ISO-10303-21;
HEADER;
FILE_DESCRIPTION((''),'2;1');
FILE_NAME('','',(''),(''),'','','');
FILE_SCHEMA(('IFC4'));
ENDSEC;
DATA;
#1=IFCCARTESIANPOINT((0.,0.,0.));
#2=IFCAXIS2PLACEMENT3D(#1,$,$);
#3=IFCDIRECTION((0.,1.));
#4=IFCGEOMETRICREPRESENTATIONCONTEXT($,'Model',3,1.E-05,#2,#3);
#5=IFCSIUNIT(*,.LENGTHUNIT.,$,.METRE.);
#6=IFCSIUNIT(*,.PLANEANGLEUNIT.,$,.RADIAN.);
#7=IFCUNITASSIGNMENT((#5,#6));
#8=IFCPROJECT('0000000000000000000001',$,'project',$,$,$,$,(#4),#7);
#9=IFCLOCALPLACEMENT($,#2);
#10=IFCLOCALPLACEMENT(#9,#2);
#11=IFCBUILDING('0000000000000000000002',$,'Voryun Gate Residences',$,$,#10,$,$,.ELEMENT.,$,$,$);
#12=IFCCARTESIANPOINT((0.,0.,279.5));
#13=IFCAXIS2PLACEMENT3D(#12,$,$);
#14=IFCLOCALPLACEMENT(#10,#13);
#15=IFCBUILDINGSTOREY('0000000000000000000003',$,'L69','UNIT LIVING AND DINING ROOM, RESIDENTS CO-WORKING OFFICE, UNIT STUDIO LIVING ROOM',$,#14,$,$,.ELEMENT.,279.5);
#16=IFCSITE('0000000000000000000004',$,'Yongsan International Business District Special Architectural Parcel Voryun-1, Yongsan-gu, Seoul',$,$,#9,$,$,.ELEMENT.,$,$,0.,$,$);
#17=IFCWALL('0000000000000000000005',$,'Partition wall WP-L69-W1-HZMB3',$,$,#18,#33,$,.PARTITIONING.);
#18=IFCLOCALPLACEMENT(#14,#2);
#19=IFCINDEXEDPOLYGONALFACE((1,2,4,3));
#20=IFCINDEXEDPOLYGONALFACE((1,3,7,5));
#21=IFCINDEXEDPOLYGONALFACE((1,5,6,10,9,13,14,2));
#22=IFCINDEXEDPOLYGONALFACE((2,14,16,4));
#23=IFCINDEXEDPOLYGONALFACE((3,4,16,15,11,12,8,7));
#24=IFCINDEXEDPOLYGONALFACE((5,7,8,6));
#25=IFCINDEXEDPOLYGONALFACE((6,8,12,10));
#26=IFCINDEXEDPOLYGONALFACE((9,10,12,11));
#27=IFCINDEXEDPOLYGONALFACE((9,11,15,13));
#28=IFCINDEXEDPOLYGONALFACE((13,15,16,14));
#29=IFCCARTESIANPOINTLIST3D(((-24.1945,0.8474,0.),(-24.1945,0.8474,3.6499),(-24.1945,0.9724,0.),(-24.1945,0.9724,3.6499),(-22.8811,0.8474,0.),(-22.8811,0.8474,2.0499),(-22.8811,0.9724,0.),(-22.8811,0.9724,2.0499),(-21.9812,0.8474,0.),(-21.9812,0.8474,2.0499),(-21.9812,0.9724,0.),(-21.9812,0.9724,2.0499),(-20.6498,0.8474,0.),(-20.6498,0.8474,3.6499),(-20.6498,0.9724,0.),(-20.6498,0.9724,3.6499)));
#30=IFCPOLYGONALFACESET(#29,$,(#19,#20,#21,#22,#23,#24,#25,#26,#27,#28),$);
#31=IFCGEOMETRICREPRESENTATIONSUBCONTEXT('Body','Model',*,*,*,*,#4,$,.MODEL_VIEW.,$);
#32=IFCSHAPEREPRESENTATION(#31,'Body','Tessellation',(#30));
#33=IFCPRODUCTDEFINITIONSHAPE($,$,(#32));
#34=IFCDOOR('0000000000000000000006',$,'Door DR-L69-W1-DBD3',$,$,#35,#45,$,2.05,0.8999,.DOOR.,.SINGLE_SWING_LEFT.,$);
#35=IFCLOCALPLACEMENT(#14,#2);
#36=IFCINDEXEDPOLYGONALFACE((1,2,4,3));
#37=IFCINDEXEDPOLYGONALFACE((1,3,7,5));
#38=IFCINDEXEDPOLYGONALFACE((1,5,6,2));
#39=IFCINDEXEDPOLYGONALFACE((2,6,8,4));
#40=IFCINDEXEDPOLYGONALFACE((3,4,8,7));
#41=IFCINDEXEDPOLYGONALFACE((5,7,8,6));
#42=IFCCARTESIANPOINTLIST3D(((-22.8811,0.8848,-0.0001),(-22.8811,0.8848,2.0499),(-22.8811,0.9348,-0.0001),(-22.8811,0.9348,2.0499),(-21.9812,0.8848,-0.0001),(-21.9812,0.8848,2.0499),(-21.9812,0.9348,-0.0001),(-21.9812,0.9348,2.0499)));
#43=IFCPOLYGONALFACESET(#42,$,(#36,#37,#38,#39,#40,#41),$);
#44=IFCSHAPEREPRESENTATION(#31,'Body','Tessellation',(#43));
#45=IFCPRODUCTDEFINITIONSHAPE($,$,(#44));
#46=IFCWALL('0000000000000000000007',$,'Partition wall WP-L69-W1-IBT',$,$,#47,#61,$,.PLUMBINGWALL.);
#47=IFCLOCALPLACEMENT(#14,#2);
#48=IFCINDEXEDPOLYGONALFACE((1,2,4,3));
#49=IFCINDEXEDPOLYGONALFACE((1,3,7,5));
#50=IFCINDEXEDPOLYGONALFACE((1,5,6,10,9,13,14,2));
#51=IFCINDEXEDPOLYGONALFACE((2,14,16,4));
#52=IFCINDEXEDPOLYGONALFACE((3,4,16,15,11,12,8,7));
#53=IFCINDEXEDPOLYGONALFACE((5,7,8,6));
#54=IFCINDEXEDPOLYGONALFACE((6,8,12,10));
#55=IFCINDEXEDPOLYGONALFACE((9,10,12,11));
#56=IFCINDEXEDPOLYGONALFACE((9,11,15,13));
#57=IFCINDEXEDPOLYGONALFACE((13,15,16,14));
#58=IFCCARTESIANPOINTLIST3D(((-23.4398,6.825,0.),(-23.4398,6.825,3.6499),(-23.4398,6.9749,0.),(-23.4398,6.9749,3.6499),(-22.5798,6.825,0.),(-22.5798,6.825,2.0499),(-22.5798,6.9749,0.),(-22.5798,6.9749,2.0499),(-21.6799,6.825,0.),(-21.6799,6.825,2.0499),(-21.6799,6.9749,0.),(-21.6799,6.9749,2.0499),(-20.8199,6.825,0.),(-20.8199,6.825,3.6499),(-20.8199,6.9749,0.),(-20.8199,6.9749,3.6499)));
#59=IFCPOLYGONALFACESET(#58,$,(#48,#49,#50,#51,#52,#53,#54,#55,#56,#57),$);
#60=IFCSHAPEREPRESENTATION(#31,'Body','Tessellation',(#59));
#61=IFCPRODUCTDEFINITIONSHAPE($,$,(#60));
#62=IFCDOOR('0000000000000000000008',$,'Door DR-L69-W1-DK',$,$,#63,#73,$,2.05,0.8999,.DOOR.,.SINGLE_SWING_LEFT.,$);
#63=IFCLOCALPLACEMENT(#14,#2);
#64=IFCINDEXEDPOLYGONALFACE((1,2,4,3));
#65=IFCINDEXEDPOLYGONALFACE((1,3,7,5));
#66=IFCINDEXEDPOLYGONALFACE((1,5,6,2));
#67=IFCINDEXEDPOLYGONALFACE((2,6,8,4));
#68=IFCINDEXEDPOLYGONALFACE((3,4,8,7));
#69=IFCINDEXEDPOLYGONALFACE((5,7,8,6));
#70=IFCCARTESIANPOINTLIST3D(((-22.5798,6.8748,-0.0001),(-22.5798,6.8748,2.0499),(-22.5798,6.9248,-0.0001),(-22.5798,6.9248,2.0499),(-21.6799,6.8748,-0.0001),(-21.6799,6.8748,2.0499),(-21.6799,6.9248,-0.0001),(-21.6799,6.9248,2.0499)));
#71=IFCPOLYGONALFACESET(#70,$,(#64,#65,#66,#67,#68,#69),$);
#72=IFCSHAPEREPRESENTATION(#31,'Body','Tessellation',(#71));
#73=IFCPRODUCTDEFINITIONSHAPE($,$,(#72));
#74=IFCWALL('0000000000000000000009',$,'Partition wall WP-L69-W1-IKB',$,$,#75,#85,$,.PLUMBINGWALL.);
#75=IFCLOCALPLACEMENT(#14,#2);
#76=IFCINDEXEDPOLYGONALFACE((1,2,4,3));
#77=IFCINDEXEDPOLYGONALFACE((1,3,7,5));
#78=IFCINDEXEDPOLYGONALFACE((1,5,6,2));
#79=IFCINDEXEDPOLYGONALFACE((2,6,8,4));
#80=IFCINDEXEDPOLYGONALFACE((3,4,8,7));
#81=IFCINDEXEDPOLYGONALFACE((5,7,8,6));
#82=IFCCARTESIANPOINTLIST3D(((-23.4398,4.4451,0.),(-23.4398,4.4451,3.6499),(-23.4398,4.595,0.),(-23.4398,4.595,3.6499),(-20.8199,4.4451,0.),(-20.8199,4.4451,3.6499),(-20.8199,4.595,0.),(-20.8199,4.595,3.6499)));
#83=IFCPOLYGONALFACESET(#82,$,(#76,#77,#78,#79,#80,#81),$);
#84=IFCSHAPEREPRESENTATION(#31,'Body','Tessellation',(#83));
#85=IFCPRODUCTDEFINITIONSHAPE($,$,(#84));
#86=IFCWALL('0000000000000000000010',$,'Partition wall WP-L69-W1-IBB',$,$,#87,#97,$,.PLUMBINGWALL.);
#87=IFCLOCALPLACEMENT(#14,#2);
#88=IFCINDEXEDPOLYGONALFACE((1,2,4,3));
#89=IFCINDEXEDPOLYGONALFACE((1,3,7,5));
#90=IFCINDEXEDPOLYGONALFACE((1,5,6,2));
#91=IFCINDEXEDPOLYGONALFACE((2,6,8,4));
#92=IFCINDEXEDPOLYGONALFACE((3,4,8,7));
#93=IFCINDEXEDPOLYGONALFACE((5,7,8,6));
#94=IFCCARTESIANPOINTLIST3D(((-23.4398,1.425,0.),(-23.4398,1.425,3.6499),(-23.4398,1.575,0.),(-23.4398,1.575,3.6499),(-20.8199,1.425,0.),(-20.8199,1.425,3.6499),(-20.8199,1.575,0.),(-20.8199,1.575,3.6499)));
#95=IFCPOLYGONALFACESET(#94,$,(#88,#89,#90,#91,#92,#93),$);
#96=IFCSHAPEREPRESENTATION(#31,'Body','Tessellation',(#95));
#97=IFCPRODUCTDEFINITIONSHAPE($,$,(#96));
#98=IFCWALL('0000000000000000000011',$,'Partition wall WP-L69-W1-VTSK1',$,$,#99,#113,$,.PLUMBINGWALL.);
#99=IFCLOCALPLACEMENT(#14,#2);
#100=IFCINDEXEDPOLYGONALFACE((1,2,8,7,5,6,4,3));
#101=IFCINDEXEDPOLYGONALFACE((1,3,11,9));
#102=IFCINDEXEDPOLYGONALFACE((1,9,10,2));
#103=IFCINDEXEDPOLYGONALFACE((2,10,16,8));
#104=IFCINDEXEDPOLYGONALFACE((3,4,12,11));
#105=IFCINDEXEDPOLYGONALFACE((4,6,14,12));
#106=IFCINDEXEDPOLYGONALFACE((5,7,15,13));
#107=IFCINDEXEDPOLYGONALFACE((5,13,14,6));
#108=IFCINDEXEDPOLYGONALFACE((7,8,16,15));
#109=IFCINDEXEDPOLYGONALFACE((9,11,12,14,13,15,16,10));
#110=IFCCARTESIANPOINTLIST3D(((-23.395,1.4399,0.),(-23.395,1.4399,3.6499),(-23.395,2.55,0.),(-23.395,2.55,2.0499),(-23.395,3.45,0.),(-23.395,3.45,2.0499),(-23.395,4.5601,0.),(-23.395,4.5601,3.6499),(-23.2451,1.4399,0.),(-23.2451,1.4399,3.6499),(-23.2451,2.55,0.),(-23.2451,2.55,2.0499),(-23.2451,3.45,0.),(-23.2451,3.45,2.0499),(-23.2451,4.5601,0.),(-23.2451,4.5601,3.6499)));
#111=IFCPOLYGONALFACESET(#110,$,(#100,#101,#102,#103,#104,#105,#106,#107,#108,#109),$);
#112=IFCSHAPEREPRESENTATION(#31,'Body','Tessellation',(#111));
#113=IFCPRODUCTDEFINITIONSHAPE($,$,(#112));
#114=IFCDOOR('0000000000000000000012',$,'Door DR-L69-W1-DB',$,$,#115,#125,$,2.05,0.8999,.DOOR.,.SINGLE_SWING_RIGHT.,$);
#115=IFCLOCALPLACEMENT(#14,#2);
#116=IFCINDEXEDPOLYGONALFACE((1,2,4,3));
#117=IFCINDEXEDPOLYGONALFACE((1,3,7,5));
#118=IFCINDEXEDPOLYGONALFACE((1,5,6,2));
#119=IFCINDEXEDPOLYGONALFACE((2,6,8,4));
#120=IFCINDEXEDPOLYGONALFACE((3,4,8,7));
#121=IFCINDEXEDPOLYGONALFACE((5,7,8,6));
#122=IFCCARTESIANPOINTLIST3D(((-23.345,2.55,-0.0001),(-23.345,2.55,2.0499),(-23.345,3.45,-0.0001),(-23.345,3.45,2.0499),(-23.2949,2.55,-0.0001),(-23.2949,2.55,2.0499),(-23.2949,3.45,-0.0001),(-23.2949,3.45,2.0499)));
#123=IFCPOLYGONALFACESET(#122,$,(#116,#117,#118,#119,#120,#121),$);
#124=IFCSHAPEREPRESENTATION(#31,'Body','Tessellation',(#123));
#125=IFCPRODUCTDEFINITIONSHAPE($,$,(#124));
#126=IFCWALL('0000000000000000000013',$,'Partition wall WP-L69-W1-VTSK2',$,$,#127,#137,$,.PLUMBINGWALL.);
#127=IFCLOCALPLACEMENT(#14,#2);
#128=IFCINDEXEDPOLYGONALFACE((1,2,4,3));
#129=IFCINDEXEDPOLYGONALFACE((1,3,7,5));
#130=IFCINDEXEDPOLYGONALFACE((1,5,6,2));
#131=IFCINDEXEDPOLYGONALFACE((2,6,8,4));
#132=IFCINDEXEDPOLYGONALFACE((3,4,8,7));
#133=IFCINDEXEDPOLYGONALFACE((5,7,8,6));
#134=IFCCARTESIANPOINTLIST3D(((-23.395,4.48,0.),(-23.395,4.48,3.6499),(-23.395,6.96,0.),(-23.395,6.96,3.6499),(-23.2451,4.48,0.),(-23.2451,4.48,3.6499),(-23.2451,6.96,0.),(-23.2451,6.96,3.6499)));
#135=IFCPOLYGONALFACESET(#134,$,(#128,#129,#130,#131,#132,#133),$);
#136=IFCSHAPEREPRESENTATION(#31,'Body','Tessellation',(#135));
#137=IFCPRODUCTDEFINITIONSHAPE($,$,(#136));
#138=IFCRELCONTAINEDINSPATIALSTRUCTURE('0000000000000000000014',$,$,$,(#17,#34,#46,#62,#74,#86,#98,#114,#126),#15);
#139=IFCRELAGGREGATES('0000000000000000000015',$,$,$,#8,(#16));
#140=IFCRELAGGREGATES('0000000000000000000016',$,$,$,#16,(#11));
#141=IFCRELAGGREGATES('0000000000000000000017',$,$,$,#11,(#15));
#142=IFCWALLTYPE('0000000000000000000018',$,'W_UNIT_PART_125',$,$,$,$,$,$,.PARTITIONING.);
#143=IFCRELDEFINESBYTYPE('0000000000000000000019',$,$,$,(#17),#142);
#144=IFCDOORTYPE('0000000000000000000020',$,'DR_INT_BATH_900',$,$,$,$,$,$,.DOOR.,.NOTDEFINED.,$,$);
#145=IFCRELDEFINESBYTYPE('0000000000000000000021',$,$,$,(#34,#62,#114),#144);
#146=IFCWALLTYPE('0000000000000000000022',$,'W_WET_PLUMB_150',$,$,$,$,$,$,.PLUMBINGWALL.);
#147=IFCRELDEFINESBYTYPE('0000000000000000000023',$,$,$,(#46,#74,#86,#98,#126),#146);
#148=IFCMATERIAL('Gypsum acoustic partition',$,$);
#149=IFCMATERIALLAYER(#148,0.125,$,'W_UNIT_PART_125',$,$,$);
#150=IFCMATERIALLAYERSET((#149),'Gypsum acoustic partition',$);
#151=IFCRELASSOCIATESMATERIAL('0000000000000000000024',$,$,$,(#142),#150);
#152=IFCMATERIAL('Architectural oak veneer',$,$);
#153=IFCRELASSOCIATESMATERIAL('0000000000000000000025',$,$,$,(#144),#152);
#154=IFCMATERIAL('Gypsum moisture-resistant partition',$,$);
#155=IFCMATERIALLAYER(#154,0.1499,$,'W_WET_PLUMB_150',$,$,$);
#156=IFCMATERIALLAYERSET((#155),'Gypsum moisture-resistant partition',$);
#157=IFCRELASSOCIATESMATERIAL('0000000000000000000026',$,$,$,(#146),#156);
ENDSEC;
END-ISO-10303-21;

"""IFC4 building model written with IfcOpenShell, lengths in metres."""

from ifc_helpers import new_model, si_unit, direction, frame, frame_2d, origin, place, context, subcontext, project, spatial, rectangle, extrude, material, layer, layer_set, type_object, element, fill, save


model = new_model("IFC4")

# Units and contexts
model_context = context("Model", 3, precision=1e-05, world=origin(), true_north=direction((0.0, 1.0)))
body_context = subcontext(model_context, "Body", "Model", "MODEL_VIEW")
ifc_project = project(units=[si_unit("LENGTHUNIT", "METRE"), si_unit("PLANEANGLEUNIT", "RADIAN")], contexts=[model_context])

# Site, building, storey
site_placement = place(None, origin())
site = spatial("IfcSite", under=ifc_project, at=site_placement, Name="Yongsan International Business District Special Architectural Parcel Voryun-1, Yongsan-gu, Seoul", CompositionType="ELEMENT", RefElevation=0.0)
building_placement = place(site_placement, origin())
building = spatial("IfcBuilding", under=site, at=building_placement, Name="Voryun Gate Residences", CompositionType="ELEMENT")
storey_placement = place(building_placement, frame((0.0, 0.0, 279.5)))
storey = spatial("IfcBuildingStorey", under=building, at=storey_placement, Name="L69", Description="UNIT LIVING AND DINING ROOM, RESIDENTS CO-WORKING OFFICE, UNIT STUDIO LIVING ROOM", CompositionType="ELEMENT", Elevation=279.5)

# Walls, openings, doors
ifc_material_1 = material(Name="Gypsum acoustic partition")
ifc_layer_1 = layer(ifc_material_1, 0.125, Name="W_UNIT_PART_125")
ifc_layer_set_1 = layer_set([ifc_layer_1], Name="Gypsum acoustic partition")
wall_type_1 = type_object("IfcWallType", Name="W_UNIT_PART_125", PredefinedType="PARTITIONING", material=ifc_layer_set_1)
ifc_material_2 = material(Name="Architectural oak veneer")
door_type_1 = type_object("IfcDoorType", Name="DR_INT_BATH_900", OperationType="NOTDEFINED", PredefinedType="DOOR", material=ifc_material_2)
wall_1_placement = place(storey_placement, frame((-24.1946, 0.9099, 0.0), z_axis=(0.0, 0.0, 1.0), x_axis=(1.0, 0.0, 0.0)))
wall_1 = element("IfcWall", 1, at=wall_1_placement, inside=storey, type_object=wall_type_1, Name="Partition wall WP-L69-W1-HZMB3", PredefinedType="PARTITIONING", context=body_context, shape_type="SweptSolid", body=[
    extrude(rectangle(XDim=3.5447, YDim=0.125, at=frame_2d((1.7725, 0.0))), origin(), (0.0, 0.0, 1.0), 3.6499),
])
opening_1_placement = place(wall_1_placement, frame((1.3135, 0.0, 0.0)))
opening_1 = element("IfcOpeningElement", 2, at=opening_1_placement, cuts=wall_1, PredefinedType="OPENING", context=body_context, shape_type="SweptSolid", body=[
    extrude(rectangle(XDim=0.8999, YDim=2.05, at=frame_2d((0.45, 1.0249))), frame((0.0, 0.0725, 0.0), z_axis=(0.0, -1.0, 0.0), x_axis=(1.0, 0.0, 0.0)), (0.0, 0.0, 1.0), 0.145),
])
door_1_placement = place(opening_1_placement, origin())
door_1 = element("IfcDoor", 3, at=door_1_placement, inside=storey, type_object=door_type_1, Name="Door DR-L69-W1-DBD3", OperationType="SINGLE_SWING_LEFT", OverallHeight=2.05, OverallWidth=0.8999, PredefinedType="DOOR", context=body_context, shape_type="SweptSolid", body=[
    extrude(rectangle(XDim=0.8999, YDim=2.05, at=frame_2d((0.45, 1.0249))), frame((0.0, 0.0249, 0.0), z_axis=(0.0, -1.0, 0.0), x_axis=(1.0, 0.0, 0.0)), (0.0, 0.0, 1.0), 0.05),
])
fill(opening_1, door_1)
ifc_material_3 = material(Name="Gypsum moisture-resistant partition")
ifc_layer_2 = layer(ifc_material_3, 0.1499, Name="W_WET_PLUMB_150")
ifc_layer_set_2 = layer_set([ifc_layer_2], Name="Gypsum moisture-resistant partition")
wall_type_2 = type_object("IfcWallType", Name="W_WET_PLUMB_150", PredefinedType="PLUMBINGWALL", material=ifc_layer_set_2)
wall_2_placement = place(storey_placement, frame((-23.4399, 6.8999, 0.0), z_axis=(0.0, 0.0, 1.0), x_axis=(1.0, 0.0, 0.0)))
wall_2 = element("IfcWall", 4, at=wall_2_placement, inside=storey, type_object=wall_type_2, Name="Partition wall WP-L69-W1-IBT", PredefinedType="PLUMBINGWALL", context=body_context, shape_type="SweptSolid", body=[
    extrude(rectangle(XDim=2.6199, YDim=0.1499, at=frame_2d((1.3101, 0.0))), origin(), (0.0, 0.0, 1.0), 3.6499),
])
opening_2_placement = place(wall_2_placement, frame((0.8601, 0.0, 0.0)))
opening_2 = element("IfcOpeningElement", 5, at=opening_2_placement, cuts=wall_2, PredefinedType="OPENING", context=body_context, shape_type="SweptSolid", body=[
    extrude(rectangle(XDim=0.8999, YDim=2.05, at=frame_2d((0.45, 1.0249))), frame((0.0, 0.085, 0.0), z_axis=(0.0, -1.0, 0.0), x_axis=(1.0, 0.0, 0.0)), (0.0, 0.0, 1.0), 0.1699),
])
door_2_placement = place(opening_2_placement, origin())
door_2 = element("IfcDoor", 6, at=door_2_placement, inside=storey, type_object=door_type_1, Name="Door DR-L69-W1-DK", OperationType="SINGLE_SWING_LEFT", OverallHeight=2.05, OverallWidth=0.8999, PredefinedType="DOOR", context=body_context, shape_type="SweptSolid", body=[
    extrude(rectangle(XDim=0.8999, YDim=2.05, at=frame_2d((0.45, 1.0249))), frame((0.0, 0.0249, 0.0), z_axis=(0.0, -1.0, 0.0), x_axis=(1.0, 0.0, 0.0)), (0.0, 0.0, 1.0), 0.05),
])
fill(opening_2, door_2)

# Walls
for number, where, z_axis, x_axis, name in (
    (7, (-23.4399, 4.52, 0.0), (0.0, 0.0, 1.0), (1.0, 0.0, 0.0), "Partition wall WP-L69-W1-IKB"),
    (8, (-23.4399, 1.5, 0.0), (0.0, 0.0, 1.0), (1.0, 0.0, 0.0), "Partition wall WP-L69-W1-IBB"),
):
    element("IfcWall", number, at=place(storey_placement, frame(where, z_axis=z_axis, x_axis=x_axis)), inside=storey, type_object=wall_type_2, Name=name, PredefinedType="PLUMBINGWALL", context=body_context, shape_type="SweptSolid", body=[
        extrude(rectangle(XDim=2.6199, YDim=0.1499, at=frame_2d((1.3101, 0.0))), origin(), (0.0, 0.0, 1.0), 3.6499),
    ])

# Wall, opening, door
wall_3_placement = place(storey_placement, frame((-23.3201, 1.4399, 0.0), z_axis=(0.0, 0.0, 1.0), x_axis=(0.0, 1.0, 0.0)))
wall_3 = element("IfcWall", 9, at=wall_3_placement, inside=storey, type_object=wall_type_2, Name="Partition wall WP-L69-W1-VTSK1", PredefinedType="PLUMBINGWALL", context=body_context, shape_type="SweptSolid", body=[
    extrude(rectangle(XDim=3.1201, YDim=0.1499, at=frame_2d((1.5601, 0.0))), origin(), (0.0, 0.0, 1.0), 3.6499),
])
opening_3_placement = place(wall_3_placement, frame((1.1101, 0.0, 0.0)))
opening_3 = element("IfcOpeningElement", 10, at=opening_3_placement, cuts=wall_3, PredefinedType="OPENING", context=body_context, shape_type="SweptSolid", body=[
    extrude(rectangle(XDim=0.8999, YDim=2.05, at=frame_2d((0.45, 1.0249))), frame((0.0, 0.085, 0.0), z_axis=(0.0, -1.0, 0.0), x_axis=(1.0, 0.0, 0.0)), (0.0, 0.0, 1.0), 0.1699),
])
door_3_placement = place(opening_3_placement, origin())
door_3 = element("IfcDoor", 11, at=door_3_placement, inside=storey, type_object=door_type_1, Name="Door DR-L69-W1-DB", OperationType="SINGLE_SWING_RIGHT", OverallHeight=2.05, OverallWidth=0.8999, PredefinedType="DOOR", context=body_context, shape_type="SweptSolid", body=[
    extrude(rectangle(XDim=0.8999, YDim=2.05, at=frame_2d((0.45, 1.0249))), frame((0.0, 0.0249, 0.0), z_axis=(0.0, -1.0, 0.0), x_axis=(1.0, 0.0, 0.0)), (0.0, 0.0, 1.0), 0.05),
])
fill(opening_3, door_3)

# Wall
wall_4_placement = place(storey_placement, frame((-23.3201, 4.48, 0.0), z_axis=(0.0, 0.0, 1.0), x_axis=(0.0, 1.0, 0.0)))
element("IfcWall", 12, at=wall_4_placement, inside=storey, type_object=wall_type_2, Name="Partition wall WP-L69-W1-VTSK2", PredefinedType="PLUMBINGWALL", context=body_context, shape_type="SweptSolid", body=[
    extrude(rectangle(XDim=2.48, YDim=0.1499, at=frame_2d((1.24, 0.0))), origin(), (0.0, 0.0, 1.0), 3.6499),
])

save(model, "model.ifc")
